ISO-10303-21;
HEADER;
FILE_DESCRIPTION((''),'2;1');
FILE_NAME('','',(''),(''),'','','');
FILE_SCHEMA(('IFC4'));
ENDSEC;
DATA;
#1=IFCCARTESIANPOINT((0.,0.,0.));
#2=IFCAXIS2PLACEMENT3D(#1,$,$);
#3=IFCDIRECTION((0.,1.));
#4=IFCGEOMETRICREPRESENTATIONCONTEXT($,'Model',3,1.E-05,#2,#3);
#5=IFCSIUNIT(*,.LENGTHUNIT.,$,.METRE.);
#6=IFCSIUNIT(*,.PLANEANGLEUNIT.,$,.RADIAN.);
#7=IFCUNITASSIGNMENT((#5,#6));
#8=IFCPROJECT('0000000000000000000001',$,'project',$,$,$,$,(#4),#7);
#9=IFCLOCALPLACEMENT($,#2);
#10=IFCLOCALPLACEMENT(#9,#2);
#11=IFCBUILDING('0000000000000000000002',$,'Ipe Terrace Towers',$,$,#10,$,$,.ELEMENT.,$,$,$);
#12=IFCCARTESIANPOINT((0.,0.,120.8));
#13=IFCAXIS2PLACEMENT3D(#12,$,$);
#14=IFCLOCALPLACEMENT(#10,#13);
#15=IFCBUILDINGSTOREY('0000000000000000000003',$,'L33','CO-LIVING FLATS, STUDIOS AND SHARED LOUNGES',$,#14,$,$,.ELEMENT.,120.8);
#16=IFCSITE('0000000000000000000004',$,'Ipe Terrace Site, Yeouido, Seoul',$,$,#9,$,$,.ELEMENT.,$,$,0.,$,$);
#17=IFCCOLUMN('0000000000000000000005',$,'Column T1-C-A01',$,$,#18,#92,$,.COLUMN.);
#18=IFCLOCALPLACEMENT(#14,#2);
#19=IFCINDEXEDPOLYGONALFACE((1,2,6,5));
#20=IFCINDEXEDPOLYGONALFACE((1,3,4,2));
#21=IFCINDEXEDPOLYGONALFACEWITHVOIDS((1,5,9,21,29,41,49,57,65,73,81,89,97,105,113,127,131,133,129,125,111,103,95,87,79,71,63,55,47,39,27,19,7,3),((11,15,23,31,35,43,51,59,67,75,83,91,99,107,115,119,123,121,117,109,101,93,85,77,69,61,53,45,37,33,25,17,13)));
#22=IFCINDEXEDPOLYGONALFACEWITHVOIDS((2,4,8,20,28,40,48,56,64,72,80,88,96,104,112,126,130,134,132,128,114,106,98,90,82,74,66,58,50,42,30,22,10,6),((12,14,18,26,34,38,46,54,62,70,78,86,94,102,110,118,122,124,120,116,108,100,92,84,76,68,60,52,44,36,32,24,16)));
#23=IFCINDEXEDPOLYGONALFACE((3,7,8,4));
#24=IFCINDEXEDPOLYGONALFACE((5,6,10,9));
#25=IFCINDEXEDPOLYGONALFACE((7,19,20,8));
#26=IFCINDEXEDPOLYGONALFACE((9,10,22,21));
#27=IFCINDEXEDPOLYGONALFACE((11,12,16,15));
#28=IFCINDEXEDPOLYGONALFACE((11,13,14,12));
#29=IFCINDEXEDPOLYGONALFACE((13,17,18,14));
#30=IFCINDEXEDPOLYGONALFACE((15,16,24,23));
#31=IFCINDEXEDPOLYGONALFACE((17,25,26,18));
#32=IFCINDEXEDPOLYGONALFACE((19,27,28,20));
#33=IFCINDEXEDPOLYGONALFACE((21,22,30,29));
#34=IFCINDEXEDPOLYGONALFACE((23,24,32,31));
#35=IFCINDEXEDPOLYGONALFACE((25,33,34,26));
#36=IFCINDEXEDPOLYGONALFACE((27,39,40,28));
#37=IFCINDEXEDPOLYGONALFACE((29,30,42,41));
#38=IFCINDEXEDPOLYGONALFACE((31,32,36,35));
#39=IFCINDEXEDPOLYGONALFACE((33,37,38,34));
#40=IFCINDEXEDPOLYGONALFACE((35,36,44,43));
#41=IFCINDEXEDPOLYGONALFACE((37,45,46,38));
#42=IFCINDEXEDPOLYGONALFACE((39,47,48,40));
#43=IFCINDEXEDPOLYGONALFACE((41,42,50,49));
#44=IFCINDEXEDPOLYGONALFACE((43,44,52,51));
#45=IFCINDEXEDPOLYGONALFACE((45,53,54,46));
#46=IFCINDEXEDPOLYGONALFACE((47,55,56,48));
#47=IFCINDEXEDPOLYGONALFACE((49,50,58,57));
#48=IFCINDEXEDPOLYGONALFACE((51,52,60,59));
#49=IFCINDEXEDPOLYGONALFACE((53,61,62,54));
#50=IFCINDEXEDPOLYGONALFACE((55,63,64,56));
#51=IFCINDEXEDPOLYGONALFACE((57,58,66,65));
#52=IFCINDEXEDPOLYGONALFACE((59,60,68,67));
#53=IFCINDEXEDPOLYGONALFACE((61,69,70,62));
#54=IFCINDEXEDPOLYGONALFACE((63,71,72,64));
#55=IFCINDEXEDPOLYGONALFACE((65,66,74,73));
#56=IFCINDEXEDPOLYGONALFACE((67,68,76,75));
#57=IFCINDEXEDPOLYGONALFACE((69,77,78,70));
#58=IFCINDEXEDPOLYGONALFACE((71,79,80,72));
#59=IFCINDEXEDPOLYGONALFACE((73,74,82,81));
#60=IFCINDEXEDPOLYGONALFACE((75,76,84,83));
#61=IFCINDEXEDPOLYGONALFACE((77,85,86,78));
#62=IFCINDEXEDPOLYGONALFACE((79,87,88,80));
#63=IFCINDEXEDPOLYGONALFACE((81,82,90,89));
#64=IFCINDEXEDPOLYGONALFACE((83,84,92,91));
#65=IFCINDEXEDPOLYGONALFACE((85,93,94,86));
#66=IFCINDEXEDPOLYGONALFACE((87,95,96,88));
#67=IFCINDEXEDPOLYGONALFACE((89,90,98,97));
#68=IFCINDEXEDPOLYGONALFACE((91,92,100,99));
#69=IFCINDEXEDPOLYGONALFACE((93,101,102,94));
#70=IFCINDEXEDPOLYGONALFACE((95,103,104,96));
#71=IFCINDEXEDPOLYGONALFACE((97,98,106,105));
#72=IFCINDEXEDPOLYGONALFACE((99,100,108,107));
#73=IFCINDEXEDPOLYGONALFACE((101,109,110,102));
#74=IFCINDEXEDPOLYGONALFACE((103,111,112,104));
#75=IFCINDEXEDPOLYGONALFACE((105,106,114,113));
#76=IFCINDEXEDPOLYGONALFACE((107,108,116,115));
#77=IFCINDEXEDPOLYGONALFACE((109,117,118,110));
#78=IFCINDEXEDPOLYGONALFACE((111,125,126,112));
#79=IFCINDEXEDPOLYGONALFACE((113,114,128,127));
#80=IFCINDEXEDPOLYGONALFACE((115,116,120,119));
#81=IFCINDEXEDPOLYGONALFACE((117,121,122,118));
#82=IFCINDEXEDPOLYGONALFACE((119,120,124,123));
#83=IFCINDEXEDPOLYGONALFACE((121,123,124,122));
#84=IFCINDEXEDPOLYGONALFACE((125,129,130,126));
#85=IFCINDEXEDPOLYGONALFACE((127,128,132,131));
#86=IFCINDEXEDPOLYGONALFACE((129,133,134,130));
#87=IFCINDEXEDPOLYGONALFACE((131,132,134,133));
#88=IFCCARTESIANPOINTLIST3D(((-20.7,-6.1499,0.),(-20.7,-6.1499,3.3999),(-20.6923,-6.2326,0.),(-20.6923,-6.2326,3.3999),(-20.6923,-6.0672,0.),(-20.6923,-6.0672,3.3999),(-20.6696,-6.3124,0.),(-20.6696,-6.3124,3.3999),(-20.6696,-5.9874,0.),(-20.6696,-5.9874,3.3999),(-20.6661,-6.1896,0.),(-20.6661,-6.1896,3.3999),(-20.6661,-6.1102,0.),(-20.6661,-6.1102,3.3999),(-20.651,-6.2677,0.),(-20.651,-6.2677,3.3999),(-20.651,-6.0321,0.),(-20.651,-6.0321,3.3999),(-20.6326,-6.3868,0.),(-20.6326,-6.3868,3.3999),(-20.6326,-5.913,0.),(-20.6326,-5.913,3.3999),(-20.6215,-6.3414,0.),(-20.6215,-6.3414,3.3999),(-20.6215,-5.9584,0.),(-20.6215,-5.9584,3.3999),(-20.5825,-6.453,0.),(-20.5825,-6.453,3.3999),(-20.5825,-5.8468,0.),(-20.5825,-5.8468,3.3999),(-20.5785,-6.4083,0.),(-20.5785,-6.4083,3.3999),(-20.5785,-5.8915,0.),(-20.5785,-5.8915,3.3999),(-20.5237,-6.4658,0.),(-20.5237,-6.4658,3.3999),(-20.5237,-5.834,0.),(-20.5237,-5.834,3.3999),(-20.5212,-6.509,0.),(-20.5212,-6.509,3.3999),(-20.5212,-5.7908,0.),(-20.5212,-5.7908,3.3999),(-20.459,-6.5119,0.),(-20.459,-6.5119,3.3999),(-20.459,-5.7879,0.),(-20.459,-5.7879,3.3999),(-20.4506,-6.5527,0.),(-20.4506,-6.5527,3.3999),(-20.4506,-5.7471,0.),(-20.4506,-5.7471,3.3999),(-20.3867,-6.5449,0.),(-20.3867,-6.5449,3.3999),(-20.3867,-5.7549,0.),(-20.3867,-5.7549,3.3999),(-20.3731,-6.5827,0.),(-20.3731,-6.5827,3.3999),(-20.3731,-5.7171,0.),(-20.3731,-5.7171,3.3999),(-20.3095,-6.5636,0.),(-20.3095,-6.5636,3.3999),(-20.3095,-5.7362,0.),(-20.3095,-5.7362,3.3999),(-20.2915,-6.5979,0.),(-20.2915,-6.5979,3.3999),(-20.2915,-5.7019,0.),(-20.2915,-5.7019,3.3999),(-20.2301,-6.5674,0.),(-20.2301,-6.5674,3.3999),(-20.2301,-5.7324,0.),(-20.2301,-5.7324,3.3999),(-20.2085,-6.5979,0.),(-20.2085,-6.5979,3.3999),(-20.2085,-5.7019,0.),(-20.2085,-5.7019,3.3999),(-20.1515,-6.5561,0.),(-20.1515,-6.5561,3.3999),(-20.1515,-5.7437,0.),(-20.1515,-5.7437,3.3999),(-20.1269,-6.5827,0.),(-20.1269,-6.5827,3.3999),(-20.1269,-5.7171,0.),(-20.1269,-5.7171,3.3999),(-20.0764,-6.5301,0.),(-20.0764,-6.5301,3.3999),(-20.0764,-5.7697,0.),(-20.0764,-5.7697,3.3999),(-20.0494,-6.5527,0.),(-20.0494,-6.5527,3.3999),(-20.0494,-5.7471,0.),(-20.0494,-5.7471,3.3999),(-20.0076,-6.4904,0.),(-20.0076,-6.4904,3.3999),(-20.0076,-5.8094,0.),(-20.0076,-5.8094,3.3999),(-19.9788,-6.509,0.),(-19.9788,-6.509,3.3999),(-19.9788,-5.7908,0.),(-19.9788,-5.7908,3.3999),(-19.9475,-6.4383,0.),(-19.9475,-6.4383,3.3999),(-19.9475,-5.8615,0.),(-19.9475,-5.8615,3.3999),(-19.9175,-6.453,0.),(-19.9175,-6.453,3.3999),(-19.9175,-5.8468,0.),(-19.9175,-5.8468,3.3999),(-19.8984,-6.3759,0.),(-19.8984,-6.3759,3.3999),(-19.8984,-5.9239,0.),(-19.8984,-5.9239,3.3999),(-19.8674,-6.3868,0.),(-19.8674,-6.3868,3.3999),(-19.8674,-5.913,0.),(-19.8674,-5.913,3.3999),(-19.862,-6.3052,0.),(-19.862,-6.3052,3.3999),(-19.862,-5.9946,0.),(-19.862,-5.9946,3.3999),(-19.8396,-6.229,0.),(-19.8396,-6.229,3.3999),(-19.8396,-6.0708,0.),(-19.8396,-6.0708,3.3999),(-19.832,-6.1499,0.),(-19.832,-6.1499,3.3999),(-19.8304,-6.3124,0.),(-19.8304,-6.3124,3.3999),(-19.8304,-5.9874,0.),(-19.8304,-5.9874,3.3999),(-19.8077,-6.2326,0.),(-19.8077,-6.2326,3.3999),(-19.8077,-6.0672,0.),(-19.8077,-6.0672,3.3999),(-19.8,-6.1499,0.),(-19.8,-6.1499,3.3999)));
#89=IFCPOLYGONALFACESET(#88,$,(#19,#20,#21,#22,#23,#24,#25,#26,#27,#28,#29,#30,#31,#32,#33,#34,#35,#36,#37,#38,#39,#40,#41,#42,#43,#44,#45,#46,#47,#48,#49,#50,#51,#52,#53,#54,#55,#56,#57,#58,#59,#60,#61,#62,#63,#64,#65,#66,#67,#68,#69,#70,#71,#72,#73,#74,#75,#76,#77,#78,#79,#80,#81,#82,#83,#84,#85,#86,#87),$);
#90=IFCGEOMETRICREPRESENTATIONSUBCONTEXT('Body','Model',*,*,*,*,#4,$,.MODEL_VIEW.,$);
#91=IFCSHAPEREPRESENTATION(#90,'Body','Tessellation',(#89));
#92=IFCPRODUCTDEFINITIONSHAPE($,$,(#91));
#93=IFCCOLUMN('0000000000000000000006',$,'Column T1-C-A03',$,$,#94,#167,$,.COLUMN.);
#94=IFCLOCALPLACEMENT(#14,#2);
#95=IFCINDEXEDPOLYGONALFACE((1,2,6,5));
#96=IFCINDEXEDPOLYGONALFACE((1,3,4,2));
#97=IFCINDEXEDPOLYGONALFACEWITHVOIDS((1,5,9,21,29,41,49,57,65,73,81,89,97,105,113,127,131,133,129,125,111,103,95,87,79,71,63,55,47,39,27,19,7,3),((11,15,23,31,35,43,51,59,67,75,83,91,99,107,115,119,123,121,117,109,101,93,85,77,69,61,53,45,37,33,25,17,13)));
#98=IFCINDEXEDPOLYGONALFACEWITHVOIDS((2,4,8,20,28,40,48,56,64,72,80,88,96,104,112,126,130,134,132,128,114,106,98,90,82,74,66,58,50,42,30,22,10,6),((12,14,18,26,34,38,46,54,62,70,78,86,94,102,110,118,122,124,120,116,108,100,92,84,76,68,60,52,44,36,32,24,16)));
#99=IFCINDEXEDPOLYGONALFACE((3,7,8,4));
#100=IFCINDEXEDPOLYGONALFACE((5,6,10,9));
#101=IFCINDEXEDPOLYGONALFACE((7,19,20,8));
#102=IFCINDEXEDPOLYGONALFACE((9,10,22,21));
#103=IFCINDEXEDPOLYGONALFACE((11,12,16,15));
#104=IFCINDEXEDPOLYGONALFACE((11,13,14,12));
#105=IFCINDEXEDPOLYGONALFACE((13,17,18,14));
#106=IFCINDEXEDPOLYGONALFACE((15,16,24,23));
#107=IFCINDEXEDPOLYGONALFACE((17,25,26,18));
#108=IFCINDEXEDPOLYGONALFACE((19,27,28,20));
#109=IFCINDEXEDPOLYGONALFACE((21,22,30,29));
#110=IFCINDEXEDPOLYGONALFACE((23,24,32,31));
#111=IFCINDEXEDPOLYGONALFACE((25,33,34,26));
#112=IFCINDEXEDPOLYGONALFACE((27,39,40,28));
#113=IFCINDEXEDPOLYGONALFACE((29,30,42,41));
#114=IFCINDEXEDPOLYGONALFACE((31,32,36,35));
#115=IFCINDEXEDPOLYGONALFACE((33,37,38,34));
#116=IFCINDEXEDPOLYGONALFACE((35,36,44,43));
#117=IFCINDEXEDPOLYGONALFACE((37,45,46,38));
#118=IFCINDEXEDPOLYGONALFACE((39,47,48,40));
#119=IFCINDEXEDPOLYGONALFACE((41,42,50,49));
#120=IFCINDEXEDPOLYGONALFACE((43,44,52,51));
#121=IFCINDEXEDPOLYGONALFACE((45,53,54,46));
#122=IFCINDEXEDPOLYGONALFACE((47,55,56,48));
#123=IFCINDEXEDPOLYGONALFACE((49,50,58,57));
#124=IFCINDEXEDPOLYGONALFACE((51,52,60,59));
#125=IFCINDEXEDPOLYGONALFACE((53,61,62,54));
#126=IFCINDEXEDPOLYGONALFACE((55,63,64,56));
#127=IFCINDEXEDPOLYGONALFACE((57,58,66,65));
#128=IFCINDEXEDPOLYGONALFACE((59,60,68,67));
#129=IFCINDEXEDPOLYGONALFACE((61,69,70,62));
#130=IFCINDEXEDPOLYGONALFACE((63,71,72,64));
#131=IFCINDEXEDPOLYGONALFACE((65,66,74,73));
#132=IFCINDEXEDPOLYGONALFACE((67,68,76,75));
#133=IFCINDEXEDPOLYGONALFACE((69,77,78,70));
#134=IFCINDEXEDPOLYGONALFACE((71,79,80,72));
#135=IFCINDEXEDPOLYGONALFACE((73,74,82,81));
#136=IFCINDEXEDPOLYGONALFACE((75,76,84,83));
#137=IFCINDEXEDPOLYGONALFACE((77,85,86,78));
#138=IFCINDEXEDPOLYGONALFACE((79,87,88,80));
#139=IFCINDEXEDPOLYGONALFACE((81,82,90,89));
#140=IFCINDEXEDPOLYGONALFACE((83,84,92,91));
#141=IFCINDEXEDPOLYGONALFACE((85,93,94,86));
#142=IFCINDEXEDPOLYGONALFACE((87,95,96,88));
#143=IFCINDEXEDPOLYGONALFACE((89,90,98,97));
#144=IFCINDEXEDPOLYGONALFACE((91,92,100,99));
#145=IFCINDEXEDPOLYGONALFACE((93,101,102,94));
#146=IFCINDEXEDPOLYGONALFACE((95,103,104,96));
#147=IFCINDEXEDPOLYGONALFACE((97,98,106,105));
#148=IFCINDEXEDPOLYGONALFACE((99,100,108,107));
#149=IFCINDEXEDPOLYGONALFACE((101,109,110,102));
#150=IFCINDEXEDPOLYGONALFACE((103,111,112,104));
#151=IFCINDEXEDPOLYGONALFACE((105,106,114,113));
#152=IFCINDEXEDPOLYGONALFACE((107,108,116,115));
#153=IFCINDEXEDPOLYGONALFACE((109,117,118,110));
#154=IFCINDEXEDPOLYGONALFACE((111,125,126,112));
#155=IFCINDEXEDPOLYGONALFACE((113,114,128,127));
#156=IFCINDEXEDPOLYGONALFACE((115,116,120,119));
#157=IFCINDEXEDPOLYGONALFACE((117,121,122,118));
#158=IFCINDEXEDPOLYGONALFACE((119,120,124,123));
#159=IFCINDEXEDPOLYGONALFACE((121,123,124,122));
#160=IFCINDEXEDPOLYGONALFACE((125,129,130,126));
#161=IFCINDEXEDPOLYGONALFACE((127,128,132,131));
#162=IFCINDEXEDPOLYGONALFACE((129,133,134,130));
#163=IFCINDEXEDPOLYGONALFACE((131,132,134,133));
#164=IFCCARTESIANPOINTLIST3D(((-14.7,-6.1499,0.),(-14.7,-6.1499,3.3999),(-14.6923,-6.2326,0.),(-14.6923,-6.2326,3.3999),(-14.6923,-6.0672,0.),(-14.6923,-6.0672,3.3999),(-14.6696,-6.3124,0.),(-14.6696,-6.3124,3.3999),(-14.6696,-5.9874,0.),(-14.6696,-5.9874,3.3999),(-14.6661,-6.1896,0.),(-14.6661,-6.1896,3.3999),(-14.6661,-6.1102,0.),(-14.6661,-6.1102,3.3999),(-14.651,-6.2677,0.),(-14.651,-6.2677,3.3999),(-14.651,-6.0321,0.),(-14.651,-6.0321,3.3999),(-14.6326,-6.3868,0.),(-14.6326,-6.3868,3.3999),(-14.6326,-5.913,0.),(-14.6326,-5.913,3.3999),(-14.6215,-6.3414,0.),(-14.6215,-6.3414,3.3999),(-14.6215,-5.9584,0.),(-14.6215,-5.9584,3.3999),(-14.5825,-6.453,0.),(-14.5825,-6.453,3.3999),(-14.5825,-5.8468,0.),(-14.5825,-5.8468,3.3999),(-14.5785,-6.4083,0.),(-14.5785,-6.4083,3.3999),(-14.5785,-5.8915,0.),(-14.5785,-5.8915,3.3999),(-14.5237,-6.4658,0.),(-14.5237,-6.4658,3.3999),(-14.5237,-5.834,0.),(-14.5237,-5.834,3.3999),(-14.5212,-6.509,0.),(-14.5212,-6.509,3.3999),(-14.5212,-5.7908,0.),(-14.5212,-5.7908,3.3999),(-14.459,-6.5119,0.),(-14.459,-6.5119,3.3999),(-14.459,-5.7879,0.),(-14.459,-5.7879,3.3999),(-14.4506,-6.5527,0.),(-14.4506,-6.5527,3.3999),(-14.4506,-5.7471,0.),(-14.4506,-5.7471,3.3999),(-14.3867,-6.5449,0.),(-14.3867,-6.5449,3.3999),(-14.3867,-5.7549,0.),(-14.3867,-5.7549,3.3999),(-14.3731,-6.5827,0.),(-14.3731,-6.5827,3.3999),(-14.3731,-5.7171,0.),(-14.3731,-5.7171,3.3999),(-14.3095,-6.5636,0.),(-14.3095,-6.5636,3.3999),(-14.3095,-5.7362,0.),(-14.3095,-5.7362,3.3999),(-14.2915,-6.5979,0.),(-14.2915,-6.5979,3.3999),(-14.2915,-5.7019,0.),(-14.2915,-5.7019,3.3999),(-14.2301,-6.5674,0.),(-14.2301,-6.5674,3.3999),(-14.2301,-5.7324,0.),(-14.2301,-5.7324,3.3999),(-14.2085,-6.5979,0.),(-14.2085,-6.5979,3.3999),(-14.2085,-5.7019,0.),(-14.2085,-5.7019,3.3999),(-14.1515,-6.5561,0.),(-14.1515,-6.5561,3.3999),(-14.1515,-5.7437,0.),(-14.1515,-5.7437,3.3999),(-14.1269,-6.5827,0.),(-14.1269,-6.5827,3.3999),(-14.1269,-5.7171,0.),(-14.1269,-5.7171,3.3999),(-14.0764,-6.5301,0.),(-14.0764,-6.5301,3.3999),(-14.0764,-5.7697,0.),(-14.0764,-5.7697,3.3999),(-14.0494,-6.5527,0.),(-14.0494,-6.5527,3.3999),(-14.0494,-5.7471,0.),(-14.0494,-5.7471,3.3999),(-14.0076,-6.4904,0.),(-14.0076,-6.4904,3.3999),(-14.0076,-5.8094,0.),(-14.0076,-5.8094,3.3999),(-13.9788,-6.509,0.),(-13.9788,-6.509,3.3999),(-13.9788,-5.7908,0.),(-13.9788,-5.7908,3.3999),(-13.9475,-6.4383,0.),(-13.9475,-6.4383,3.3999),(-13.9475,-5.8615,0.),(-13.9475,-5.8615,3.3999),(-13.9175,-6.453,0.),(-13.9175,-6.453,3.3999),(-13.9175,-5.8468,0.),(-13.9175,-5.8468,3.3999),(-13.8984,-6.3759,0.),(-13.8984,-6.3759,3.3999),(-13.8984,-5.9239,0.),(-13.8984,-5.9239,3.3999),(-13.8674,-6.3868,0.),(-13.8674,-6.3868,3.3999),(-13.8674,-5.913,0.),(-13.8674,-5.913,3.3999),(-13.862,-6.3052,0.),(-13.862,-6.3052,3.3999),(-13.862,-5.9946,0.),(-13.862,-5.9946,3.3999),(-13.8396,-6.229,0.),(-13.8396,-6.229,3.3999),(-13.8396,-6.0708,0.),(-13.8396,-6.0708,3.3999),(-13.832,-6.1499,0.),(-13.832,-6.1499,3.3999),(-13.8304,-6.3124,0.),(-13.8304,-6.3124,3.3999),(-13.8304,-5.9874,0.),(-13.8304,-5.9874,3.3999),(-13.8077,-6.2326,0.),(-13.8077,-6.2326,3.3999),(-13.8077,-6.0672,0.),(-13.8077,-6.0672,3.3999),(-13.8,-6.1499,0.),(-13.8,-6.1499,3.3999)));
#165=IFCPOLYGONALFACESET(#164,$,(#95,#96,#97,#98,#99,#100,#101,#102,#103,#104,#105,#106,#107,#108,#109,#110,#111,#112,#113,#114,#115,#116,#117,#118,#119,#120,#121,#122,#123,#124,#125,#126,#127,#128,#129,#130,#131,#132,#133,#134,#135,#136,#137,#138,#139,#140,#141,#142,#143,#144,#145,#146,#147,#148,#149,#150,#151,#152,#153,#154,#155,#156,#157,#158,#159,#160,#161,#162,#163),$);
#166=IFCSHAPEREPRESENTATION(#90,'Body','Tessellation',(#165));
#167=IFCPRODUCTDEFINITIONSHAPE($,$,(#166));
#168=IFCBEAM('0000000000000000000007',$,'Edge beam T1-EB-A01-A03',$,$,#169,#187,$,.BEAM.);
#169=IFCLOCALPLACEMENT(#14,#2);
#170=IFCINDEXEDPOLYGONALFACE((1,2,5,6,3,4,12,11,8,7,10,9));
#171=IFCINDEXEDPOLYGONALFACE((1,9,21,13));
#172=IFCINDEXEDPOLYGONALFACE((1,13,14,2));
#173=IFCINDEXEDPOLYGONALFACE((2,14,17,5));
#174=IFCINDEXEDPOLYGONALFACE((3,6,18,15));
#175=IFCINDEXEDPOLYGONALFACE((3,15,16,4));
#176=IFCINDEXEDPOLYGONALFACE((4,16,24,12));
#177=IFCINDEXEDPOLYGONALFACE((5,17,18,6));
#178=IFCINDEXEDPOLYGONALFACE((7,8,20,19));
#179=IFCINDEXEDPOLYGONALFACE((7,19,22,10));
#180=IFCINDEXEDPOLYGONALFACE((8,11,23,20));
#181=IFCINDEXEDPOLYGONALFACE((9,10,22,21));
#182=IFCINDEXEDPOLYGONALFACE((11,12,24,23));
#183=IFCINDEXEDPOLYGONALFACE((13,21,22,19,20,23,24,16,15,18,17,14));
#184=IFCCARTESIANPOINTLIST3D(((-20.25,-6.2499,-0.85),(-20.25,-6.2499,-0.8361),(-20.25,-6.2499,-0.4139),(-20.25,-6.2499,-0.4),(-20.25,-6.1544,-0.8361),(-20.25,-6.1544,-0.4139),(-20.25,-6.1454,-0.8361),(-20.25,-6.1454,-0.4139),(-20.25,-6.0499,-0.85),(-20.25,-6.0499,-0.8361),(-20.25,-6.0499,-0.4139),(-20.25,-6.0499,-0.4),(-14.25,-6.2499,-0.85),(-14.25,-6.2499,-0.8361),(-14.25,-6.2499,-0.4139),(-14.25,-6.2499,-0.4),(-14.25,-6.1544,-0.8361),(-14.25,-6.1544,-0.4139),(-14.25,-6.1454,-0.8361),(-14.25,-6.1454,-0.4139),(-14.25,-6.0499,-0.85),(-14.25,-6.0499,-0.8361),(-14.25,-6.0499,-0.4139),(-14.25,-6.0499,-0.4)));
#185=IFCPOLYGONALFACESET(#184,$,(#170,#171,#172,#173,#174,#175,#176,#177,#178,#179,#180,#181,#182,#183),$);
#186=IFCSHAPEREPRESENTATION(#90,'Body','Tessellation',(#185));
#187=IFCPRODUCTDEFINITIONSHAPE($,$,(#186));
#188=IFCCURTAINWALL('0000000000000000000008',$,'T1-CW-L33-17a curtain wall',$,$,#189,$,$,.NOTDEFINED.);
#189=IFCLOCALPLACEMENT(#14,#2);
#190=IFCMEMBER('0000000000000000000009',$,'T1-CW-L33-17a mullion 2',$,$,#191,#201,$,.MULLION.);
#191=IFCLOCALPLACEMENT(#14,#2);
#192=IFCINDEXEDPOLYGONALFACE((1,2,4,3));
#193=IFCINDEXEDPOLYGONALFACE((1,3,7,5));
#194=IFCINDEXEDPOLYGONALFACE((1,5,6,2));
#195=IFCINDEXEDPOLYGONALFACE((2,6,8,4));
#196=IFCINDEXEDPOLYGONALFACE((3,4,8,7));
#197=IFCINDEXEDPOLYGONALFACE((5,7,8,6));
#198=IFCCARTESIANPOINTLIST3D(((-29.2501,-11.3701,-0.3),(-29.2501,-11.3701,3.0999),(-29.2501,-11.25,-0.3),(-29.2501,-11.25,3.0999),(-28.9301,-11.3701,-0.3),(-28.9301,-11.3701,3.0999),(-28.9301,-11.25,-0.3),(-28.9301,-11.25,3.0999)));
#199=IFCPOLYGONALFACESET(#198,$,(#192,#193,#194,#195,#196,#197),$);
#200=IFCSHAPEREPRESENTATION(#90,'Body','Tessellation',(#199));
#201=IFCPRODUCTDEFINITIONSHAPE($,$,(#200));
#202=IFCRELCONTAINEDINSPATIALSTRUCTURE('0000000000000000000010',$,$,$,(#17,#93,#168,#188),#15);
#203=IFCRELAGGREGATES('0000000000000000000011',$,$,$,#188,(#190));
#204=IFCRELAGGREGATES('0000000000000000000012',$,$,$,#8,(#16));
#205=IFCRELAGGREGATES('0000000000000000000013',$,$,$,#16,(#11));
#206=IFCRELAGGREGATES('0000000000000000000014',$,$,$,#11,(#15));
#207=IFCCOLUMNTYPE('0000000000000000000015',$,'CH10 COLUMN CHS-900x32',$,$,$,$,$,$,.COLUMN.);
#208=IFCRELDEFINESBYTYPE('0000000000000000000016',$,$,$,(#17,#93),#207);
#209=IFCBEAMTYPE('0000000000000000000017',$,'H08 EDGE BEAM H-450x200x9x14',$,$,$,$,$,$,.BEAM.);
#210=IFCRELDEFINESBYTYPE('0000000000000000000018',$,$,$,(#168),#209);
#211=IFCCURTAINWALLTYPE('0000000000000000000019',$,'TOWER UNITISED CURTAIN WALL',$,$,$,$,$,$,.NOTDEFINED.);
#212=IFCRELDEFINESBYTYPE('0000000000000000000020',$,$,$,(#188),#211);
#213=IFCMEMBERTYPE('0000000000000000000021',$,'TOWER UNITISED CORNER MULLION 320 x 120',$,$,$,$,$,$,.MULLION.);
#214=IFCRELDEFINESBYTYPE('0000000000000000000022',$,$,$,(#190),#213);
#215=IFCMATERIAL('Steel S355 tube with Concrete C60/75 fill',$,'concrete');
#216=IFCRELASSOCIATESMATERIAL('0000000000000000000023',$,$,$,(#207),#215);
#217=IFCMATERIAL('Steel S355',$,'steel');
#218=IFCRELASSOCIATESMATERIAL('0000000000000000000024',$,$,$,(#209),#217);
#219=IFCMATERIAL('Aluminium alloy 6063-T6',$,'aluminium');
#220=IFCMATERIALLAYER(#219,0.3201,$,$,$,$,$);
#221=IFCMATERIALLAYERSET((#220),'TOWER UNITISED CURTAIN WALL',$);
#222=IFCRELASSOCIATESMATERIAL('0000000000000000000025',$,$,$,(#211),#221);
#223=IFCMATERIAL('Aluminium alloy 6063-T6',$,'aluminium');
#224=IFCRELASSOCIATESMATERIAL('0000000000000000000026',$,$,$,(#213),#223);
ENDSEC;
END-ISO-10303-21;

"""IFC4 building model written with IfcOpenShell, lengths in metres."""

from ifc_helpers import new_model, si_unit, direction, frame, origin, origin_2d, place, context, subcontext, project, spatial, rectangle, hollow_circle, i_section, extrude, material, layer, layer_set, material_profile, profile_set, type_object, element, aggregate, save


model = new_model("IFC4")

# Units and contexts
model_context = context("Model", 3, precision=1e-05, world=origin(), true_north=direction((0.0, 1.0)))
body_context = subcontext(model_context, "Body", "Model", "MODEL_VIEW")
ifc_project = project(units=[si_unit("LENGTHUNIT", "METRE"), si_unit("PLANEANGLEUNIT", "RADIAN")], contexts=[model_context])

# Site, building, storey
site_placement = place(None, origin())
site = spatial("IfcSite", under=ifc_project, at=site_placement, Name="Ipe Terrace Site, Yeouido, Seoul", CompositionType="ELEMENT", RefElevation=0.0)
building_placement = place(site_placement, origin())
building = spatial("IfcBuilding", under=site, at=building_placement, Name="Ipe Terrace Towers", CompositionType="ELEMENT")
storey_placement = place(building_placement, frame((0.0, 0.0, 120.8)))
storey = spatial("IfcBuildingStorey", under=building, at=storey_placement, Name="L33", Description="CO-LIVING FLATS, STUDIOS AND SHARED LOUNGES", CompositionType="ELEMENT", Elevation=120.8)

# Columns
ifc_material_1 = material(Name="Steel S355 tube with Concrete C60/75 fill", Category="concrete")
ifc_material_profile_1 = material_profile(ifc_material_1, hollow_circle(Radius=0.45, WallThickness=0.032, at=origin_2d()), Name="CHS-900x32")
ifc_profile_set_1 = profile_set([ifc_material_profile_1], Name="Steel S355 tube with Concrete C60/75 fill")
column_type = type_object("IfcColumnType", Name="CH10 COLUMN CHS-900x32", PredefinedType="COLUMN", material=ifc_profile_set_1)
for number, where, z_axis, x_axis, name in (
    (1, (-20.25, -6.1499, 0.0), (0.0, 0.0, 1.0), (1.0, 0.0, 0.0), "Column T1-C-A01"),
    (2, (-14.25, -6.1499, 0.0), (0.0, 0.0, 1.0), (1.0, 0.0, 0.0), "Column T1-C-A03"),
):
    element("IfcColumn", number, at=place(storey_placement, frame(where, z_axis=z_axis, x_axis=x_axis)), inside=storey, type_object=column_type, Name=name, PredefinedType="COLUMN", context=body_context, shape_type="SweptSolid", body=[
        extrude(hollow_circle(Radius=0.45, WallThickness=0.032, at=origin_2d()), origin(), (0.0, 0.0, 1.0), 3.3999),
    ])

# Beam
ifc_material_2 = material(Name="Steel S355", Category="steel")
ifc_material_profile_2 = material_profile(ifc_material_2, i_section(OverallWidth=0.2, OverallDepth=0.45, WebThickness=0.009, FlangeThickness=0.0139, at=origin_2d()), Name="H-450x200x9x14")
ifc_profile_set_2 = profile_set([ifc_material_profile_2], Name="Steel S355")
beam_type = type_object("IfcBeamType", Name="H08 EDGE BEAM H-450x200x9x14", PredefinedType="BEAM", material=ifc_profile_set_2)
beam_placement = place(storey_placement, frame((-20.25, -6.1499, -0.625), z_axis=(1.0, 0.0, 0.0), x_axis=(0.0, 1.0, 0.0)))
element("IfcBeam", 3, at=beam_placement, inside=storey, type_object=beam_type, Name="Edge beam T1-EB-A01-A03", PredefinedType="BEAM", context=body_context, shape_type="SweptSolid", body=[
    extrude(i_section(OverallWidth=0.2, OverallDepth=0.45, WebThickness=0.009, FlangeThickness=0.0139, at=origin_2d()), origin(), (0.0, 0.0, 1.0), 6.0),
])

# Curtain wall, member
ifc_material_3 = material(Name="Aluminium alloy 6063-T6", Category="aluminium")
ifc_layer_1 = layer(ifc_material_3, 0.3201)
ifc_layer_set_1 = layer_set([ifc_layer_1], Name="TOWER UNITISED CURTAIN WALL")
curtain_wall_type = type_object("IfcCurtainWallType", Name="TOWER UNITISED CURTAIN WALL", PredefinedType="NOTDEFINED", material=ifc_layer_set_1)
curtain_wall_1_placement = place(storey_placement, origin())
curtain_wall_1 = element("IfcCurtainWall", 4, at=curtain_wall_1_placement, inside=storey, type_object=curtain_wall_type, Name="T1-CW-L33-17a curtain wall", PredefinedType="NOTDEFINED")
ifc_material_4 = material(Name="Aluminium alloy 6063-T6", Category="aluminium")
ifc_material_profile_3 = material_profile(ifc_material_4, rectangle(XDim=0.3201, YDim=0.1201, at=origin_2d()), Name="TOWER UNITISED CORNER MULLION 320 x 120")
ifc_profile_set_3 = profile_set([ifc_material_profile_3], Name="Aluminium alloy 6063-T6")
member_type = type_object("IfcMemberType", Name="TOWER UNITISED CORNER MULLION 320 x 120", PredefinedType="MULLION", material=ifc_profile_set_3)
member_1_placement = place(storey_placement, frame((-29.0901, -11.3101, -0.3), z_axis=(0.0, 0.0, 1.0), x_axis=(1.0, 0.0, 0.0)))
member_1 = element("IfcMember", 5, at=member_1_placement, type_object=member_type, Name="T1-CW-L33-17a mullion 2", PredefinedType="MULLION", context=body_context, shape_type="SweptSolid", body=[
    extrude(rectangle(XDim=0.3201, YDim=0.1201, at=origin_2d()), origin(), (0.0, 0.0, 1.0), 3.3999),
])
aggregate(curtain_wall_1, [member_1])

save(model, "model.ifc")
